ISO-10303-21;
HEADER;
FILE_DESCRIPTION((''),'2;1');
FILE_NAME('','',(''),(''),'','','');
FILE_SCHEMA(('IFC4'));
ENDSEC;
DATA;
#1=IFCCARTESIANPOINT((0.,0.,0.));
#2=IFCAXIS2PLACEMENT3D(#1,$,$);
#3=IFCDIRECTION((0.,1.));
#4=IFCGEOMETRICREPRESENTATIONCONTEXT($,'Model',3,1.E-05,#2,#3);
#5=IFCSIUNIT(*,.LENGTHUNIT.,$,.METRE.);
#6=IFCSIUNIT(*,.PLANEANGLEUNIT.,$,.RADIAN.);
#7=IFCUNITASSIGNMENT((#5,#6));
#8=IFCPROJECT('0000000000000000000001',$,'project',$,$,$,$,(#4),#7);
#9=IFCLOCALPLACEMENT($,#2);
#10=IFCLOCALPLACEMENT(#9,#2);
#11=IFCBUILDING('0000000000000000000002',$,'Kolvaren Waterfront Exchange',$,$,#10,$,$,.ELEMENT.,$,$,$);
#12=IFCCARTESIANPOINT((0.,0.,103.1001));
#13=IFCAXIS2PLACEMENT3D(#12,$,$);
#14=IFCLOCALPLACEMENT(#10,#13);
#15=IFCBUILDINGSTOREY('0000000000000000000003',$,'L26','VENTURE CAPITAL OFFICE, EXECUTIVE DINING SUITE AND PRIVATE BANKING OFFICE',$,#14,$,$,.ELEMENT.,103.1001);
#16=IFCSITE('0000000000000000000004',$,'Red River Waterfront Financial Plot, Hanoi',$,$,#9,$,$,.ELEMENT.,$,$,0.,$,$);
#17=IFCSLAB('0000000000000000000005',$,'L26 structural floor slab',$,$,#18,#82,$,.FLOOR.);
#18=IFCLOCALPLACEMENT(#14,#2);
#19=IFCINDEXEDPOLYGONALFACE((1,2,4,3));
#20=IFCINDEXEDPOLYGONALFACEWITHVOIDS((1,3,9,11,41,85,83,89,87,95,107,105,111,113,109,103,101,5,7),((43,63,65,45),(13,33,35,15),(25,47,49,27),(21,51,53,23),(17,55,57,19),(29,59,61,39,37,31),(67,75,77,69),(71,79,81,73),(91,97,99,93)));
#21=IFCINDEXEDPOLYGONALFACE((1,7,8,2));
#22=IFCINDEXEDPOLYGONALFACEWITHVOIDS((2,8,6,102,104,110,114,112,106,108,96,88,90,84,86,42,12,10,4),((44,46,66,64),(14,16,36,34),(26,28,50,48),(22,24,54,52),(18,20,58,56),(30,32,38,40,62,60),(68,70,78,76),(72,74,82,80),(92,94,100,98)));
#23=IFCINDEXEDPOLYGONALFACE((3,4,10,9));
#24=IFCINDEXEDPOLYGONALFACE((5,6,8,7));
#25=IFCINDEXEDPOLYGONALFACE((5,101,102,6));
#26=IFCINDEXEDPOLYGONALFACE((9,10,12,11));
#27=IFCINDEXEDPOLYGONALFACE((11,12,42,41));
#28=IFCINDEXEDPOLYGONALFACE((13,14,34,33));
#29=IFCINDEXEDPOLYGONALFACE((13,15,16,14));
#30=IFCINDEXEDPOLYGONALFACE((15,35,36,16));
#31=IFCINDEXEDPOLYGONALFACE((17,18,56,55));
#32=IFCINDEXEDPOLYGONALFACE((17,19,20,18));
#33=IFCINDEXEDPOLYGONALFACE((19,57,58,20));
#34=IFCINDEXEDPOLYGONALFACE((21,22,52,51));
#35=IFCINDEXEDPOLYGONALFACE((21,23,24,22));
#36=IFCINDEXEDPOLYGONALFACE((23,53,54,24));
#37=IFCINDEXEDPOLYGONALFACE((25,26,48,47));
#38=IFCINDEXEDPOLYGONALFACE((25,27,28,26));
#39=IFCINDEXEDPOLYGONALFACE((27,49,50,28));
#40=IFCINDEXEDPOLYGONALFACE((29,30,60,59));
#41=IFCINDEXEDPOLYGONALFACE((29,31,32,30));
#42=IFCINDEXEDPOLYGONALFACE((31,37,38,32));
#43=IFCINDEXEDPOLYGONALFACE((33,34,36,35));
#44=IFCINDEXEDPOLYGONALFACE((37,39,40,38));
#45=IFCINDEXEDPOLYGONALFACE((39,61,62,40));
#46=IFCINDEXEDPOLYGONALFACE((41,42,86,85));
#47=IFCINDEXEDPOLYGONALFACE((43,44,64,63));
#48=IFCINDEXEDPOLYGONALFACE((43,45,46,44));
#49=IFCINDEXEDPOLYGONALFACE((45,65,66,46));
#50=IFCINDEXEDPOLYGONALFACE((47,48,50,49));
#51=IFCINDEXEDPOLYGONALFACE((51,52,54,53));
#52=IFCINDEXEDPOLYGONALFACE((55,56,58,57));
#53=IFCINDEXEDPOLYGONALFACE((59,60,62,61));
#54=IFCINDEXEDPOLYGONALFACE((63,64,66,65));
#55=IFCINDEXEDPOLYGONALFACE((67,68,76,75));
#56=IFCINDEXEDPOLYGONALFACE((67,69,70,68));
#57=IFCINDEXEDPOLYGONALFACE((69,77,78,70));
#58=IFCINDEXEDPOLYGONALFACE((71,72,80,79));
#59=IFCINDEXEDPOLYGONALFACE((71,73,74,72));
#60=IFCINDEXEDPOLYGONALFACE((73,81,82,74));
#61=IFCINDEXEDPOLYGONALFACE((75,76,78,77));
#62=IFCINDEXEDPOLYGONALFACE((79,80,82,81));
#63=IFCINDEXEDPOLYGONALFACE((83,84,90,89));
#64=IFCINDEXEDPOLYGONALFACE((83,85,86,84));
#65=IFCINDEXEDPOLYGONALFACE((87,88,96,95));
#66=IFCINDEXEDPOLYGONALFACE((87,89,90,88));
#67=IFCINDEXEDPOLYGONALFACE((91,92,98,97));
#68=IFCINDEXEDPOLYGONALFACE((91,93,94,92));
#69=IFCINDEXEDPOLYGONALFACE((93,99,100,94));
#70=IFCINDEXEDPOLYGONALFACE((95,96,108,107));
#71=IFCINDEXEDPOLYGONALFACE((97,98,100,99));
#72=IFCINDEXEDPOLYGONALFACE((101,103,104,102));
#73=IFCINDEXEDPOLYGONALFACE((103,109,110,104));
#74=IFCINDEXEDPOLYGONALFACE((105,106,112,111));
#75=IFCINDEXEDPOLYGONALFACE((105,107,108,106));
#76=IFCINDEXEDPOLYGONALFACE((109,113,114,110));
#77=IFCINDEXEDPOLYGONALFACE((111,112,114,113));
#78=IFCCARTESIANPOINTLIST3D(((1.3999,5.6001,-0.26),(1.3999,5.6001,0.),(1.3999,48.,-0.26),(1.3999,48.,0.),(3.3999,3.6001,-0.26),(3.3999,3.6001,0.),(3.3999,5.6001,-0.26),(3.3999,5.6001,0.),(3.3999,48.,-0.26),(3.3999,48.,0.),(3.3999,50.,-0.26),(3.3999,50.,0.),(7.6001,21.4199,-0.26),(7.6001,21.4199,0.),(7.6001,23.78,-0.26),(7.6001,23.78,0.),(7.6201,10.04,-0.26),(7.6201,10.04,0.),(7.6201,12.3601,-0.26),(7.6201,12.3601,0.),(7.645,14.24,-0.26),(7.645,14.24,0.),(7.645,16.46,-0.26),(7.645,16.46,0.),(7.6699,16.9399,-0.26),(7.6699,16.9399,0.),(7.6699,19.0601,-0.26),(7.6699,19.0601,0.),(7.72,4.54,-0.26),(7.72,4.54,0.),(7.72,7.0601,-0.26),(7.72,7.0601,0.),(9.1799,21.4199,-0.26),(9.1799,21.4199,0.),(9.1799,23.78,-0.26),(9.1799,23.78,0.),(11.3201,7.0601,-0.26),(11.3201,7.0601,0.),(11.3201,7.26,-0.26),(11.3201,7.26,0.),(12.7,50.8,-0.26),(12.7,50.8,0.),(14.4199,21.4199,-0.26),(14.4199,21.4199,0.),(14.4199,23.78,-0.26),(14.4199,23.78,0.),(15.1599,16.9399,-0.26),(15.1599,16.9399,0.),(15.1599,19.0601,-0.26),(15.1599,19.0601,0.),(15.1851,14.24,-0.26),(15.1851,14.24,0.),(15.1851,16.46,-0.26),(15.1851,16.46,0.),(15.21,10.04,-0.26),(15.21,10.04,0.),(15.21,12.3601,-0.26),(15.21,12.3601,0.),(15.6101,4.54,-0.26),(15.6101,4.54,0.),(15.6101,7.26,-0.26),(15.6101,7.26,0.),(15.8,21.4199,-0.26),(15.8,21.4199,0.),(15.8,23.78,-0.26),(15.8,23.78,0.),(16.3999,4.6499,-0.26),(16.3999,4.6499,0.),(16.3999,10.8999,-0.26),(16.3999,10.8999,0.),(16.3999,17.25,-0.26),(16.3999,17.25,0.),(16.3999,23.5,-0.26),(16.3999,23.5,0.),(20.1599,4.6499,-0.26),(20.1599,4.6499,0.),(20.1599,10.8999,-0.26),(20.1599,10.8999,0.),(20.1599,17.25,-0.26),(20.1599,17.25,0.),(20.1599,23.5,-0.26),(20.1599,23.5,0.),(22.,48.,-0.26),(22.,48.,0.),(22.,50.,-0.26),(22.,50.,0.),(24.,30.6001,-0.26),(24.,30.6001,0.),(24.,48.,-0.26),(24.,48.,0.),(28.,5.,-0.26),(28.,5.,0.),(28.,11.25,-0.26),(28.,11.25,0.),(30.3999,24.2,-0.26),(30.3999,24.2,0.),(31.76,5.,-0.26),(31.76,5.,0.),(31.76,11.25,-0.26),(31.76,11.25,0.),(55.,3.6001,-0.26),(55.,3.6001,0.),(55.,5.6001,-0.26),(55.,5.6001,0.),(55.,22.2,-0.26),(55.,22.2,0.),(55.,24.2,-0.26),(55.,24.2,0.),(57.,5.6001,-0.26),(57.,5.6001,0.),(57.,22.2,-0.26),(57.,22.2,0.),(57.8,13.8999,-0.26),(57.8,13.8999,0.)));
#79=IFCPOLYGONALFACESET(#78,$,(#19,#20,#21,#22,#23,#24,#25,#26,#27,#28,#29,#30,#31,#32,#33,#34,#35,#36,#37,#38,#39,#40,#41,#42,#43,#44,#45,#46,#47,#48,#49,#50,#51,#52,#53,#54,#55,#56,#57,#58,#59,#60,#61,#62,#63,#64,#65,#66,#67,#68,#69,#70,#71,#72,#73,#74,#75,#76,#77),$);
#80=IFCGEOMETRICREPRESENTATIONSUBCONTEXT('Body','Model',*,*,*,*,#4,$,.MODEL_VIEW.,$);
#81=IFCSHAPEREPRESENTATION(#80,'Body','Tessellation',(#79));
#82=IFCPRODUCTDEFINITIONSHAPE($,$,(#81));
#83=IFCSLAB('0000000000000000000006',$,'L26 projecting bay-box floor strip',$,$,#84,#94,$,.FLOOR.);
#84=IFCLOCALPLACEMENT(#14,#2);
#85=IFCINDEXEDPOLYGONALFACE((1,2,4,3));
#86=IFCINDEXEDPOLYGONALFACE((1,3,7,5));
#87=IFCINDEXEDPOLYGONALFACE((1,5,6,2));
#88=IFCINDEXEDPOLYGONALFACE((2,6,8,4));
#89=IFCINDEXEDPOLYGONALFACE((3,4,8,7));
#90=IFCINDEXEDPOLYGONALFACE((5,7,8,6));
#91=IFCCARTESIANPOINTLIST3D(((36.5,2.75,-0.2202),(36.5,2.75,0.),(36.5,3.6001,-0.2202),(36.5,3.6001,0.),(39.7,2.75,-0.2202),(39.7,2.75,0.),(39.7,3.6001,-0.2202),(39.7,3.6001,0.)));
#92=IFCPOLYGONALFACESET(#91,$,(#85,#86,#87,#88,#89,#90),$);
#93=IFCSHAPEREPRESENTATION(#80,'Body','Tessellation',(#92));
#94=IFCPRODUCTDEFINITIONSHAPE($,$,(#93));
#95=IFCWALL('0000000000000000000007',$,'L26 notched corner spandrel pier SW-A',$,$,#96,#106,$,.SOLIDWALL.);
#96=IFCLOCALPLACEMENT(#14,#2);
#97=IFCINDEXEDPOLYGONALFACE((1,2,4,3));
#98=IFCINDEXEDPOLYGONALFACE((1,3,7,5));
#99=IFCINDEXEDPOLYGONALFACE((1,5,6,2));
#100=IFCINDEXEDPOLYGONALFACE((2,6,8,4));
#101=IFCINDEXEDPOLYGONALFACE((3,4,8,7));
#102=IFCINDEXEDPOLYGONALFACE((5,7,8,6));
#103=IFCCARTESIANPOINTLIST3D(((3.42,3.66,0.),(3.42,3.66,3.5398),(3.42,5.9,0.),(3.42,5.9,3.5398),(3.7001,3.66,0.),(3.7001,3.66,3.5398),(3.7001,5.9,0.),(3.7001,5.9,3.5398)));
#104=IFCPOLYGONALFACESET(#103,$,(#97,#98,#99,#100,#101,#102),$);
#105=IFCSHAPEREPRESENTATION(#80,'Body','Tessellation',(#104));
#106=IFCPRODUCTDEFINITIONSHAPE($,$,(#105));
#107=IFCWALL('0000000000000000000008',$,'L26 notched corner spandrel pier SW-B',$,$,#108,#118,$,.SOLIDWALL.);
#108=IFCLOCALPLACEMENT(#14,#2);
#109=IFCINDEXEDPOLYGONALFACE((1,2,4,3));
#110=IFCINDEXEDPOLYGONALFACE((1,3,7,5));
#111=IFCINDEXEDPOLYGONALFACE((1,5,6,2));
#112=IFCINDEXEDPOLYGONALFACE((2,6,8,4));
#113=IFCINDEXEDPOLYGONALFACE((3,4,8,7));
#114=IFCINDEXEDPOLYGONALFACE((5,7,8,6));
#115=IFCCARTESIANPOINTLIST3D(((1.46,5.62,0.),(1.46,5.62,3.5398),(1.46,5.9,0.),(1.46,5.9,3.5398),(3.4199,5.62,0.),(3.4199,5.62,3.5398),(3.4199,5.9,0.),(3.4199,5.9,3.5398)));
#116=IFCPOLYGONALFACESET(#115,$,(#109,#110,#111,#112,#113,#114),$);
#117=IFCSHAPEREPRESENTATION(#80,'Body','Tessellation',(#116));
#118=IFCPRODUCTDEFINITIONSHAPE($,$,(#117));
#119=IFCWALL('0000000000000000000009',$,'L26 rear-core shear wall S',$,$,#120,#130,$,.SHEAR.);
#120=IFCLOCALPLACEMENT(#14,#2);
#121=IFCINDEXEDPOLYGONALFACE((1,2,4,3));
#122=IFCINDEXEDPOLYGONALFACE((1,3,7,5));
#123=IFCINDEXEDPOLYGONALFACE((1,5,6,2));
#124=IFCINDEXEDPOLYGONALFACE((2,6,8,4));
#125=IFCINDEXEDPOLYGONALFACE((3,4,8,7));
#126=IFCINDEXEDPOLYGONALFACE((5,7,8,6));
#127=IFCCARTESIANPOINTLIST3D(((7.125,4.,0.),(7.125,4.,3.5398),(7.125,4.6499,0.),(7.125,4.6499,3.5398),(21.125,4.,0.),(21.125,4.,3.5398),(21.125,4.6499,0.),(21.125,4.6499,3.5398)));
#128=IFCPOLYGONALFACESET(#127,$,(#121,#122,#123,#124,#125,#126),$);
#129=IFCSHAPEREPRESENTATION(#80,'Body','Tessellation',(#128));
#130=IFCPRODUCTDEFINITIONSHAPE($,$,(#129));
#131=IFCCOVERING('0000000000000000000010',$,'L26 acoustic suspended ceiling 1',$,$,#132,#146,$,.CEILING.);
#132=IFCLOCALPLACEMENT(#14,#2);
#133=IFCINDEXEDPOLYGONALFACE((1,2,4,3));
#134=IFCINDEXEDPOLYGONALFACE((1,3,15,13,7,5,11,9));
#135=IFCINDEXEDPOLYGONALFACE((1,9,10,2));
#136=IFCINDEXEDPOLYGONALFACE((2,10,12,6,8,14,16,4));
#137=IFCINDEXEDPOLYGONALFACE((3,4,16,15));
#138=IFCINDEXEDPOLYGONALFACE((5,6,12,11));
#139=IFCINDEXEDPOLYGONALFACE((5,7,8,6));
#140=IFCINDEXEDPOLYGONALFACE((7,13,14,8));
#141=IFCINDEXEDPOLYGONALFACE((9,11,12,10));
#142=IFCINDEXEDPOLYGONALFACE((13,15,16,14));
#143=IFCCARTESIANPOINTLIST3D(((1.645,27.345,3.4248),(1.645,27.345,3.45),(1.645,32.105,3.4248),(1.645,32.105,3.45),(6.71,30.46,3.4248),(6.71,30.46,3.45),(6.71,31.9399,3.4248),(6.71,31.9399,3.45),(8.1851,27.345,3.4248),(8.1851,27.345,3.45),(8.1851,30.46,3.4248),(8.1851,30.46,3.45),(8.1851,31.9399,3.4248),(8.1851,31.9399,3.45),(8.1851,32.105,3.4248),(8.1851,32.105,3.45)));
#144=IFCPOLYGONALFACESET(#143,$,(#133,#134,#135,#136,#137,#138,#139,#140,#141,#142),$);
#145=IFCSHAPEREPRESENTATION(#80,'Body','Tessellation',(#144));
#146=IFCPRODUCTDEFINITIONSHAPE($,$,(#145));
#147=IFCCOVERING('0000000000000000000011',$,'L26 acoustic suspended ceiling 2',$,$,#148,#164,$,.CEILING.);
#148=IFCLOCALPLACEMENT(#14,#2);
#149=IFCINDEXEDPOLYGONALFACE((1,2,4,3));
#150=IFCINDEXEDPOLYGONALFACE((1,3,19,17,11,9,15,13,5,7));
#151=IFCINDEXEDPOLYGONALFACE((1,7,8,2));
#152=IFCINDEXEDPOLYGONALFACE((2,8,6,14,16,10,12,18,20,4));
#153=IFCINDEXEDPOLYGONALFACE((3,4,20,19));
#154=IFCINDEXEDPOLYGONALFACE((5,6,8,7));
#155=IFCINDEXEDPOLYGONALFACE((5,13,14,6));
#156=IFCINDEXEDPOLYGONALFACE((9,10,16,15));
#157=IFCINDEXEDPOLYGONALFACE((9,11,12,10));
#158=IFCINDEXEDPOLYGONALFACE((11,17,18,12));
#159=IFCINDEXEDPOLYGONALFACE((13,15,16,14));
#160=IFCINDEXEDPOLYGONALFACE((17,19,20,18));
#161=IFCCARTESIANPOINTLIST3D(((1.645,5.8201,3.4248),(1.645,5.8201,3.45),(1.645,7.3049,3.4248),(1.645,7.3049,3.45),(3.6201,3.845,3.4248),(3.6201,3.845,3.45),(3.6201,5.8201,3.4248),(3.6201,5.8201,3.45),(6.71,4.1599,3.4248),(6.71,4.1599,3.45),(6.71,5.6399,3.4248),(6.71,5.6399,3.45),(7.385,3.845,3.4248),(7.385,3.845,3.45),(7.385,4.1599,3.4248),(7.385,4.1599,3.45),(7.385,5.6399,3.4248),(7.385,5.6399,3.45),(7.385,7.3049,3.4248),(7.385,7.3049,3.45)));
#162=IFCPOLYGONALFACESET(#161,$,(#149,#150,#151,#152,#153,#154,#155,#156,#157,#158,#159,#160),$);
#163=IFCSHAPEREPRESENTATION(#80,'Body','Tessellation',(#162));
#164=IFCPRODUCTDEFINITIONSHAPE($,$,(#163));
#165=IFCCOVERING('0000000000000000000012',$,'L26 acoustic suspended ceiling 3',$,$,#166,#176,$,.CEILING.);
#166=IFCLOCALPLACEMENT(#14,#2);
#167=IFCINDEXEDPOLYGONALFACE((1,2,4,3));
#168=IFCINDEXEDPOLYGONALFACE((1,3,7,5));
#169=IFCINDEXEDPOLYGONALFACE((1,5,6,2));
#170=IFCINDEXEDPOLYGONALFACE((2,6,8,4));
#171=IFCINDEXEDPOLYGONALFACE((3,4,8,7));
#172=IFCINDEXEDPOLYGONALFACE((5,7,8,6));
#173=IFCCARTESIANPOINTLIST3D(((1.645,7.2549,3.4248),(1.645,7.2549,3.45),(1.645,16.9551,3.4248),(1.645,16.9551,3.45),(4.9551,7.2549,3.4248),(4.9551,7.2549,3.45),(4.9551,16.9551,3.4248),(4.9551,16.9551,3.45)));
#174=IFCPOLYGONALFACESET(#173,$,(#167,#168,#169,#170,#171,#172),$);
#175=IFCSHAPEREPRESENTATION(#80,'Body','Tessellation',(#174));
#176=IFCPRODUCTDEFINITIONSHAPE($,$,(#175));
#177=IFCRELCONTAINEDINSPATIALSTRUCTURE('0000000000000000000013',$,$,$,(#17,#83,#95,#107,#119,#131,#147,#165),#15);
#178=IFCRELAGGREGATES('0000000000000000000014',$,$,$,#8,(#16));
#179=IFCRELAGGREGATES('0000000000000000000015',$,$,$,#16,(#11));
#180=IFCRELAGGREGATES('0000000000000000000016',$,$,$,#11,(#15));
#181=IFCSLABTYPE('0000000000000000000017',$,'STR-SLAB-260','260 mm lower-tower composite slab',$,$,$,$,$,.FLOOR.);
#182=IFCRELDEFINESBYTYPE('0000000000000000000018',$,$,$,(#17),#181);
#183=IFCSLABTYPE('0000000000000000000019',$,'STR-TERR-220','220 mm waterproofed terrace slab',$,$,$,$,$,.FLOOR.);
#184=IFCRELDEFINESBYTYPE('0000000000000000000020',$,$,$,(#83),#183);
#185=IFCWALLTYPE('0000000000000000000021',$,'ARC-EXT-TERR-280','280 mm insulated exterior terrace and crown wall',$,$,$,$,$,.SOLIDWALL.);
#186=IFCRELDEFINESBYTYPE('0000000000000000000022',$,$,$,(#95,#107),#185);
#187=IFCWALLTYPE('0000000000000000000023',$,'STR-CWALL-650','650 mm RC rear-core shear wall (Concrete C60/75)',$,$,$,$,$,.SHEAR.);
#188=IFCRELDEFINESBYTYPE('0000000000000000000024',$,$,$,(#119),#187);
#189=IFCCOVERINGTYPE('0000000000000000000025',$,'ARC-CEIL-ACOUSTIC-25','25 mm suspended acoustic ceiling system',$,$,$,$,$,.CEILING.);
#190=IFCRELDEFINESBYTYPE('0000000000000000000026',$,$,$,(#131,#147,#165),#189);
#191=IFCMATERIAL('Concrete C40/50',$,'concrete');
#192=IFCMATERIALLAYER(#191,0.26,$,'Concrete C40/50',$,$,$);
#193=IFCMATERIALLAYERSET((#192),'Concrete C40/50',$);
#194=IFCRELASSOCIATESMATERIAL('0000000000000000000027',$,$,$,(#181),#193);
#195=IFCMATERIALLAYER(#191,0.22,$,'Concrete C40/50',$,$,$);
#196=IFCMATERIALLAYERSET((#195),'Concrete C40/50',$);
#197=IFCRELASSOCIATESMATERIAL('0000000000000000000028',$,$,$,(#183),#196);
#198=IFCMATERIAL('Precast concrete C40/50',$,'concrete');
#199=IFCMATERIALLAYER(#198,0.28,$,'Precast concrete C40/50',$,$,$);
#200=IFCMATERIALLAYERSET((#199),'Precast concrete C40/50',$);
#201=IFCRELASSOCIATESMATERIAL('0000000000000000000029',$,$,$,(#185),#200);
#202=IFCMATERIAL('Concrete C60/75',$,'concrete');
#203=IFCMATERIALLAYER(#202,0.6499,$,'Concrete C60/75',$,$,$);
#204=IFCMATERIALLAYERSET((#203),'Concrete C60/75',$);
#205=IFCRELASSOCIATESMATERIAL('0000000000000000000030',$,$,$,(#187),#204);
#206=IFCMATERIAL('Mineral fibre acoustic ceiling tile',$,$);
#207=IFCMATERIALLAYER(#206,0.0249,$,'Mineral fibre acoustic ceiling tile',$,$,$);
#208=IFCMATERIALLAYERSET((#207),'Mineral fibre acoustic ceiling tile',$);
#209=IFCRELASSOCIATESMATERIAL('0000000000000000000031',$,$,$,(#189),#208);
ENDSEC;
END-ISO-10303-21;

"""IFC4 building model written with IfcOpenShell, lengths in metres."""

from ifc_helpers import new_model, si_unit, direction, frame, frame_2d, origin, place, context, subcontext, project, spatial, polyline, rectangle, outline, extrude, material, layer, layer_set, type_object, element, save


model = new_model("IFC4")

# Units and contexts
model_context = context("Model", 3, precision=1e-05, world=origin(), true_north=direction((0.0, 1.0)))
body_context = subcontext(model_context, "Body", "Model", "MODEL_VIEW")
ifc_project = project(units=[si_unit("LENGTHUNIT", "METRE"), si_unit("PLANEANGLEUNIT", "RADIAN")], contexts=[model_context])

# Site, building, storey
site_placement = place(None, origin())
site = spatial("IfcSite", under=ifc_project, at=site_placement, Name="Red River Waterfront Financial Plot, Hanoi", CompositionType="ELEMENT", RefElevation=0.0)
building_placement = place(site_placement, origin())
building = spatial("IfcBuilding", under=site, at=building_placement, Name="Kolvaren Waterfront Exchange", CompositionType="ELEMENT")
storey_placement = place(building_placement, frame((0.0, 0.0, 103.1001)))
storey = spatial("IfcBuildingStorey", under=building, at=storey_placement, Name="L26", Description="VENTURE CAPITAL OFFICE, EXECUTIVE DINING SUITE AND PRIVATE BANKING OFFICE", CompositionType="ELEMENT", Elevation=103.1001)

# Shared definitions
ifc_material_1 = material(Name="Concrete C40/50", Category="concrete")

# Slabs
ifc_layer_1 = layer(ifc_material_1, 0.26, Name="Concrete C40/50")
ifc_layer_set_1 = layer_set([ifc_layer_1], Name="Concrete C40/50")
slab_type_1 = type_object("IfcSlabType", Name="STR-SLAB-260", Description="260 mm lower-tower composite slab", PredefinedType="FLOOR", material=ifc_layer_set_1)
slab_1_placement = place(storey_placement, frame((0.0, 0.0, -0.26)))
element("IfcSlab", 1, at=slab_1_placement, inside=storey, type_object=slab_type_1, Name="L26 structural floor slab", PredefinedType="FLOOR", context=body_context, shape_type="SweptSolid", body=[
    extrude(outline(polyline([(3.3999, 3.6001), (55.0, 3.6001), (55.0, 5.6001), (57.0, 5.6001), (57.8, 13.8999), (57.0, 22.2), (55.0, 22.2), (55.0, 24.2), (30.3999, 24.2), (24.0, 30.6001), (24.0, 48.0), (22.0, 48.0), (22.0, 50.0), (12.7, 50.8), (3.3999, 50.0), (3.3999, 48.0), (1.3999, 48.0), (1.3999, 5.6001), (3.3999, 5.6001), (3.3999, 3.6001)]), holes=[polyline([(11.3201, 7.26), (15.6101, 7.26), (15.6101, 4.54), (7.72, 4.54), (7.72, 7.0601), (11.3201, 7.0601), (11.3201, 7.26)]), polyline([(20.1599, 4.6499), (16.3999, 4.6499), (16.3999, 10.8999), (20.1599, 10.8999), (20.1599, 4.6499)]), polyline([(31.76, 5.0), (28.0, 5.0), (28.0, 11.25), (31.76, 11.25), (31.76, 5.0)]), polyline([(15.21, 10.04), (7.6201, 10.04), (7.6201, 12.3601), (15.21, 12.3601), (15.21, 10.04)]), polyline([(7.645, 16.46), (15.1851, 16.46), (15.1851, 14.24), (7.645, 14.24), (7.645, 16.46)]), polyline([(15.1599, 16.9399), (7.6699, 16.9399), (7.6699, 19.0601), (15.1599, 19.0601), (15.1599, 16.9399)]), polyline([(16.3999, 23.5), (20.1599, 23.5), (20.1599, 17.25), (16.3999, 17.25), (16.3999, 23.5)]), polyline([(7.6001, 23.78), (9.1799, 23.78), (9.1799, 21.4199), (7.6001, 21.4199), (7.6001, 23.78)]), polyline([(15.8, 23.78), (15.8, 21.4199), (14.4199, 21.4199), (14.4199, 23.78), (15.8, 23.78)])]), origin(), (0.0, 0.0, 1.0), 0.26),
])
ifc_layer_2 = layer(ifc_material_1, 0.22, Name="Concrete C40/50")
ifc_layer_set_2 = layer_set([ifc_layer_2], Name="Concrete C40/50")
slab_type_2 = type_object("IfcSlabType", Name="STR-TERR-220", Description="220 mm waterproofed terrace slab", PredefinedType="FLOOR", material=ifc_layer_set_2)
slab_2_placement = place(storey_placement, frame((0.0, 0.0, -0.2202)))
element("IfcSlab", 2, at=slab_2_placement, inside=storey, type_object=slab_type_2, Name="L26 projecting bay-box floor strip", PredefinedType="FLOOR", context=body_context, shape_type="SweptSolid", body=[
    extrude(outline(polyline([(36.5, 2.75), (39.7, 2.75), (39.7, 3.6001), (36.5, 3.6001), (36.5, 2.75)])), origin(), (0.0, 0.0, 1.0), 0.2202),
])

# Walls
ifc_material_2 = material(Name="Precast concrete C40/50", Category="concrete")
ifc_layer_3 = layer(ifc_material_2, 0.28, Name="Precast concrete C40/50")
ifc_layer_set_3 = layer_set([ifc_layer_3], Name="Precast concrete C40/50")
wall_type_1 = type_object("IfcWallType", Name="ARC-EXT-TERR-280", Description="280 mm insulated exterior terrace and crown wall", PredefinedType="SOLIDWALL", material=ifc_layer_set_3)
wall_1_placement = place(storey_placement, frame((3.5601, 3.6599, 0.0), z_axis=(0.0, 0.0, 1.0), x_axis=(0.0, 1.0, 0.0)))
element("IfcWall", 3, at=wall_1_placement, inside=storey, type_object=wall_type_1, Name="L26 notched corner spandrel pier SW-A", PredefinedType="SOLIDWALL", context=body_context, shape_type="SweptSolid", body=[
    extrude(rectangle(XDim=2.24, YDim=0.28, at=frame_2d((1.1201, 0.0))), origin(), (0.0, 0.0, 1.0), 3.5398),
])
wall_2_placement = place(storey_placement, frame((1.46, 5.76, 0.0), z_axis=(0.0, 0.0, 1.0), x_axis=(1.0, 0.0, 0.0)))
element("IfcWall", 4, at=wall_2_placement, inside=storey, type_object=wall_type_1, Name="L26 notched corner spandrel pier SW-B", PredefinedType="SOLIDWALL", context=body_context, shape_type="SweptSolid", body=[
    extrude(rectangle(XDim=1.96, YDim=0.28, at=frame_2d((0.98, 0.0))), origin(), (0.0, 0.0, 1.0), 3.5398),
])
ifc_material_3 = material(Name="Concrete C60/75", Category="concrete")
ifc_layer_4 = layer(ifc_material_3, 0.6499, Name="Concrete C60/75")
ifc_layer_set_4 = layer_set([ifc_layer_4], Name="Concrete C60/75")
wall_type_2 = type_object("IfcWallType", Name="STR-CWALL-650", Description="650 mm RC rear-core shear wall (Concrete C60/75)", PredefinedType="SHEAR", material=ifc_layer_set_4)
wall_3_placement = place(storey_placement, frame((7.125, 4.325, 0.0), z_axis=(0.0, 0.0, 1.0), x_axis=(1.0, 0.0, 0.0)))
element("IfcWall", 5, at=wall_3_placement, inside=storey, type_object=wall_type_2, Name="L26 rear-core shear wall S", PredefinedType="SHEAR", context=body_context, shape_type="SweptSolid", body=[
    extrude(rectangle(XDim=14.0, YDim=0.6499, at=frame_2d((7.0, 0.0))), origin(), (0.0, 0.0, 1.0), 3.5398),
])

# Coverings
ifc_material_4 = material(Name="Mineral fibre acoustic ceiling tile")
ifc_layer_5 = layer(ifc_material_4, 0.0249, Name="Mineral fibre acoustic ceiling tile")
ifc_layer_set_5 = layer_set([ifc_layer_5], Name="Mineral fibre acoustic ceiling tile")
covering_type_1 = type_object("IfcCoveringType", Name="ARC-CEIL-ACOUSTIC-25", Description="25 mm suspended acoustic ceiling system", PredefinedType="CEILING", material=ifc_layer_set_5)
covering_1_placement = place(storey_placement, frame((0.0, 0.0, 3.4248)))
element("IfcCovering", 6, at=covering_1_placement, inside=storey, type_object=covering_type_1, Name="L26 acoustic suspended ceiling 1", PredefinedType="CEILING", context=body_context, shape_type="SweptSolid", body=[
    extrude(outline(polyline([(8.1851, 30.46), (6.71, 30.46), (6.71, 31.9399), (8.1851, 31.9399), (8.1851, 32.105), (1.645, 32.105), (1.645, 27.345), (8.1851, 27.345), (8.1851, 30.46)])), origin(), (0.0, 0.0, 1.0), 0.0251),
])
covering_2_placement = place(storey_placement, frame((0.0, 0.0, 3.4248)))
element("IfcCovering", 7, at=covering_2_placement, inside=storey, type_object=covering_type_1, Name="L26 acoustic suspended ceiling 2", PredefinedType="CEILING", context=body_context, shape_type="SweptSolid", body=[
    extrude(outline(polyline([(7.385, 4.1599), (6.71, 4.1599), (6.71, 5.6399), (7.385, 5.6399), (7.385, 7.3049), (1.645, 7.3049), (1.645, 5.8201), (3.6201, 5.8201), (3.6201, 3.845), (7.385, 3.845), (7.385, 4.1599)])), origin(), (0.0, 0.0, 1.0), 0.0251),
])
covering_3_placement = place(storey_placement, frame((0.0, 0.0, 3.4248)))
element("IfcCovering", 8, at=covering_3_placement, inside=storey, type_object=covering_type_1, Name="L26 acoustic suspended ceiling 3", PredefinedType="CEILING", context=body_context, shape_type="SweptSolid", body=[
    extrude(outline(polyline([(1.645, 7.2549), (4.9551, 7.2549), (4.9551, 16.9551), (1.645, 16.9551), (1.645, 7.2549)])), origin(), (0.0, 0.0, 1.0), 0.0251),
])

save(model, "model.ifc")
